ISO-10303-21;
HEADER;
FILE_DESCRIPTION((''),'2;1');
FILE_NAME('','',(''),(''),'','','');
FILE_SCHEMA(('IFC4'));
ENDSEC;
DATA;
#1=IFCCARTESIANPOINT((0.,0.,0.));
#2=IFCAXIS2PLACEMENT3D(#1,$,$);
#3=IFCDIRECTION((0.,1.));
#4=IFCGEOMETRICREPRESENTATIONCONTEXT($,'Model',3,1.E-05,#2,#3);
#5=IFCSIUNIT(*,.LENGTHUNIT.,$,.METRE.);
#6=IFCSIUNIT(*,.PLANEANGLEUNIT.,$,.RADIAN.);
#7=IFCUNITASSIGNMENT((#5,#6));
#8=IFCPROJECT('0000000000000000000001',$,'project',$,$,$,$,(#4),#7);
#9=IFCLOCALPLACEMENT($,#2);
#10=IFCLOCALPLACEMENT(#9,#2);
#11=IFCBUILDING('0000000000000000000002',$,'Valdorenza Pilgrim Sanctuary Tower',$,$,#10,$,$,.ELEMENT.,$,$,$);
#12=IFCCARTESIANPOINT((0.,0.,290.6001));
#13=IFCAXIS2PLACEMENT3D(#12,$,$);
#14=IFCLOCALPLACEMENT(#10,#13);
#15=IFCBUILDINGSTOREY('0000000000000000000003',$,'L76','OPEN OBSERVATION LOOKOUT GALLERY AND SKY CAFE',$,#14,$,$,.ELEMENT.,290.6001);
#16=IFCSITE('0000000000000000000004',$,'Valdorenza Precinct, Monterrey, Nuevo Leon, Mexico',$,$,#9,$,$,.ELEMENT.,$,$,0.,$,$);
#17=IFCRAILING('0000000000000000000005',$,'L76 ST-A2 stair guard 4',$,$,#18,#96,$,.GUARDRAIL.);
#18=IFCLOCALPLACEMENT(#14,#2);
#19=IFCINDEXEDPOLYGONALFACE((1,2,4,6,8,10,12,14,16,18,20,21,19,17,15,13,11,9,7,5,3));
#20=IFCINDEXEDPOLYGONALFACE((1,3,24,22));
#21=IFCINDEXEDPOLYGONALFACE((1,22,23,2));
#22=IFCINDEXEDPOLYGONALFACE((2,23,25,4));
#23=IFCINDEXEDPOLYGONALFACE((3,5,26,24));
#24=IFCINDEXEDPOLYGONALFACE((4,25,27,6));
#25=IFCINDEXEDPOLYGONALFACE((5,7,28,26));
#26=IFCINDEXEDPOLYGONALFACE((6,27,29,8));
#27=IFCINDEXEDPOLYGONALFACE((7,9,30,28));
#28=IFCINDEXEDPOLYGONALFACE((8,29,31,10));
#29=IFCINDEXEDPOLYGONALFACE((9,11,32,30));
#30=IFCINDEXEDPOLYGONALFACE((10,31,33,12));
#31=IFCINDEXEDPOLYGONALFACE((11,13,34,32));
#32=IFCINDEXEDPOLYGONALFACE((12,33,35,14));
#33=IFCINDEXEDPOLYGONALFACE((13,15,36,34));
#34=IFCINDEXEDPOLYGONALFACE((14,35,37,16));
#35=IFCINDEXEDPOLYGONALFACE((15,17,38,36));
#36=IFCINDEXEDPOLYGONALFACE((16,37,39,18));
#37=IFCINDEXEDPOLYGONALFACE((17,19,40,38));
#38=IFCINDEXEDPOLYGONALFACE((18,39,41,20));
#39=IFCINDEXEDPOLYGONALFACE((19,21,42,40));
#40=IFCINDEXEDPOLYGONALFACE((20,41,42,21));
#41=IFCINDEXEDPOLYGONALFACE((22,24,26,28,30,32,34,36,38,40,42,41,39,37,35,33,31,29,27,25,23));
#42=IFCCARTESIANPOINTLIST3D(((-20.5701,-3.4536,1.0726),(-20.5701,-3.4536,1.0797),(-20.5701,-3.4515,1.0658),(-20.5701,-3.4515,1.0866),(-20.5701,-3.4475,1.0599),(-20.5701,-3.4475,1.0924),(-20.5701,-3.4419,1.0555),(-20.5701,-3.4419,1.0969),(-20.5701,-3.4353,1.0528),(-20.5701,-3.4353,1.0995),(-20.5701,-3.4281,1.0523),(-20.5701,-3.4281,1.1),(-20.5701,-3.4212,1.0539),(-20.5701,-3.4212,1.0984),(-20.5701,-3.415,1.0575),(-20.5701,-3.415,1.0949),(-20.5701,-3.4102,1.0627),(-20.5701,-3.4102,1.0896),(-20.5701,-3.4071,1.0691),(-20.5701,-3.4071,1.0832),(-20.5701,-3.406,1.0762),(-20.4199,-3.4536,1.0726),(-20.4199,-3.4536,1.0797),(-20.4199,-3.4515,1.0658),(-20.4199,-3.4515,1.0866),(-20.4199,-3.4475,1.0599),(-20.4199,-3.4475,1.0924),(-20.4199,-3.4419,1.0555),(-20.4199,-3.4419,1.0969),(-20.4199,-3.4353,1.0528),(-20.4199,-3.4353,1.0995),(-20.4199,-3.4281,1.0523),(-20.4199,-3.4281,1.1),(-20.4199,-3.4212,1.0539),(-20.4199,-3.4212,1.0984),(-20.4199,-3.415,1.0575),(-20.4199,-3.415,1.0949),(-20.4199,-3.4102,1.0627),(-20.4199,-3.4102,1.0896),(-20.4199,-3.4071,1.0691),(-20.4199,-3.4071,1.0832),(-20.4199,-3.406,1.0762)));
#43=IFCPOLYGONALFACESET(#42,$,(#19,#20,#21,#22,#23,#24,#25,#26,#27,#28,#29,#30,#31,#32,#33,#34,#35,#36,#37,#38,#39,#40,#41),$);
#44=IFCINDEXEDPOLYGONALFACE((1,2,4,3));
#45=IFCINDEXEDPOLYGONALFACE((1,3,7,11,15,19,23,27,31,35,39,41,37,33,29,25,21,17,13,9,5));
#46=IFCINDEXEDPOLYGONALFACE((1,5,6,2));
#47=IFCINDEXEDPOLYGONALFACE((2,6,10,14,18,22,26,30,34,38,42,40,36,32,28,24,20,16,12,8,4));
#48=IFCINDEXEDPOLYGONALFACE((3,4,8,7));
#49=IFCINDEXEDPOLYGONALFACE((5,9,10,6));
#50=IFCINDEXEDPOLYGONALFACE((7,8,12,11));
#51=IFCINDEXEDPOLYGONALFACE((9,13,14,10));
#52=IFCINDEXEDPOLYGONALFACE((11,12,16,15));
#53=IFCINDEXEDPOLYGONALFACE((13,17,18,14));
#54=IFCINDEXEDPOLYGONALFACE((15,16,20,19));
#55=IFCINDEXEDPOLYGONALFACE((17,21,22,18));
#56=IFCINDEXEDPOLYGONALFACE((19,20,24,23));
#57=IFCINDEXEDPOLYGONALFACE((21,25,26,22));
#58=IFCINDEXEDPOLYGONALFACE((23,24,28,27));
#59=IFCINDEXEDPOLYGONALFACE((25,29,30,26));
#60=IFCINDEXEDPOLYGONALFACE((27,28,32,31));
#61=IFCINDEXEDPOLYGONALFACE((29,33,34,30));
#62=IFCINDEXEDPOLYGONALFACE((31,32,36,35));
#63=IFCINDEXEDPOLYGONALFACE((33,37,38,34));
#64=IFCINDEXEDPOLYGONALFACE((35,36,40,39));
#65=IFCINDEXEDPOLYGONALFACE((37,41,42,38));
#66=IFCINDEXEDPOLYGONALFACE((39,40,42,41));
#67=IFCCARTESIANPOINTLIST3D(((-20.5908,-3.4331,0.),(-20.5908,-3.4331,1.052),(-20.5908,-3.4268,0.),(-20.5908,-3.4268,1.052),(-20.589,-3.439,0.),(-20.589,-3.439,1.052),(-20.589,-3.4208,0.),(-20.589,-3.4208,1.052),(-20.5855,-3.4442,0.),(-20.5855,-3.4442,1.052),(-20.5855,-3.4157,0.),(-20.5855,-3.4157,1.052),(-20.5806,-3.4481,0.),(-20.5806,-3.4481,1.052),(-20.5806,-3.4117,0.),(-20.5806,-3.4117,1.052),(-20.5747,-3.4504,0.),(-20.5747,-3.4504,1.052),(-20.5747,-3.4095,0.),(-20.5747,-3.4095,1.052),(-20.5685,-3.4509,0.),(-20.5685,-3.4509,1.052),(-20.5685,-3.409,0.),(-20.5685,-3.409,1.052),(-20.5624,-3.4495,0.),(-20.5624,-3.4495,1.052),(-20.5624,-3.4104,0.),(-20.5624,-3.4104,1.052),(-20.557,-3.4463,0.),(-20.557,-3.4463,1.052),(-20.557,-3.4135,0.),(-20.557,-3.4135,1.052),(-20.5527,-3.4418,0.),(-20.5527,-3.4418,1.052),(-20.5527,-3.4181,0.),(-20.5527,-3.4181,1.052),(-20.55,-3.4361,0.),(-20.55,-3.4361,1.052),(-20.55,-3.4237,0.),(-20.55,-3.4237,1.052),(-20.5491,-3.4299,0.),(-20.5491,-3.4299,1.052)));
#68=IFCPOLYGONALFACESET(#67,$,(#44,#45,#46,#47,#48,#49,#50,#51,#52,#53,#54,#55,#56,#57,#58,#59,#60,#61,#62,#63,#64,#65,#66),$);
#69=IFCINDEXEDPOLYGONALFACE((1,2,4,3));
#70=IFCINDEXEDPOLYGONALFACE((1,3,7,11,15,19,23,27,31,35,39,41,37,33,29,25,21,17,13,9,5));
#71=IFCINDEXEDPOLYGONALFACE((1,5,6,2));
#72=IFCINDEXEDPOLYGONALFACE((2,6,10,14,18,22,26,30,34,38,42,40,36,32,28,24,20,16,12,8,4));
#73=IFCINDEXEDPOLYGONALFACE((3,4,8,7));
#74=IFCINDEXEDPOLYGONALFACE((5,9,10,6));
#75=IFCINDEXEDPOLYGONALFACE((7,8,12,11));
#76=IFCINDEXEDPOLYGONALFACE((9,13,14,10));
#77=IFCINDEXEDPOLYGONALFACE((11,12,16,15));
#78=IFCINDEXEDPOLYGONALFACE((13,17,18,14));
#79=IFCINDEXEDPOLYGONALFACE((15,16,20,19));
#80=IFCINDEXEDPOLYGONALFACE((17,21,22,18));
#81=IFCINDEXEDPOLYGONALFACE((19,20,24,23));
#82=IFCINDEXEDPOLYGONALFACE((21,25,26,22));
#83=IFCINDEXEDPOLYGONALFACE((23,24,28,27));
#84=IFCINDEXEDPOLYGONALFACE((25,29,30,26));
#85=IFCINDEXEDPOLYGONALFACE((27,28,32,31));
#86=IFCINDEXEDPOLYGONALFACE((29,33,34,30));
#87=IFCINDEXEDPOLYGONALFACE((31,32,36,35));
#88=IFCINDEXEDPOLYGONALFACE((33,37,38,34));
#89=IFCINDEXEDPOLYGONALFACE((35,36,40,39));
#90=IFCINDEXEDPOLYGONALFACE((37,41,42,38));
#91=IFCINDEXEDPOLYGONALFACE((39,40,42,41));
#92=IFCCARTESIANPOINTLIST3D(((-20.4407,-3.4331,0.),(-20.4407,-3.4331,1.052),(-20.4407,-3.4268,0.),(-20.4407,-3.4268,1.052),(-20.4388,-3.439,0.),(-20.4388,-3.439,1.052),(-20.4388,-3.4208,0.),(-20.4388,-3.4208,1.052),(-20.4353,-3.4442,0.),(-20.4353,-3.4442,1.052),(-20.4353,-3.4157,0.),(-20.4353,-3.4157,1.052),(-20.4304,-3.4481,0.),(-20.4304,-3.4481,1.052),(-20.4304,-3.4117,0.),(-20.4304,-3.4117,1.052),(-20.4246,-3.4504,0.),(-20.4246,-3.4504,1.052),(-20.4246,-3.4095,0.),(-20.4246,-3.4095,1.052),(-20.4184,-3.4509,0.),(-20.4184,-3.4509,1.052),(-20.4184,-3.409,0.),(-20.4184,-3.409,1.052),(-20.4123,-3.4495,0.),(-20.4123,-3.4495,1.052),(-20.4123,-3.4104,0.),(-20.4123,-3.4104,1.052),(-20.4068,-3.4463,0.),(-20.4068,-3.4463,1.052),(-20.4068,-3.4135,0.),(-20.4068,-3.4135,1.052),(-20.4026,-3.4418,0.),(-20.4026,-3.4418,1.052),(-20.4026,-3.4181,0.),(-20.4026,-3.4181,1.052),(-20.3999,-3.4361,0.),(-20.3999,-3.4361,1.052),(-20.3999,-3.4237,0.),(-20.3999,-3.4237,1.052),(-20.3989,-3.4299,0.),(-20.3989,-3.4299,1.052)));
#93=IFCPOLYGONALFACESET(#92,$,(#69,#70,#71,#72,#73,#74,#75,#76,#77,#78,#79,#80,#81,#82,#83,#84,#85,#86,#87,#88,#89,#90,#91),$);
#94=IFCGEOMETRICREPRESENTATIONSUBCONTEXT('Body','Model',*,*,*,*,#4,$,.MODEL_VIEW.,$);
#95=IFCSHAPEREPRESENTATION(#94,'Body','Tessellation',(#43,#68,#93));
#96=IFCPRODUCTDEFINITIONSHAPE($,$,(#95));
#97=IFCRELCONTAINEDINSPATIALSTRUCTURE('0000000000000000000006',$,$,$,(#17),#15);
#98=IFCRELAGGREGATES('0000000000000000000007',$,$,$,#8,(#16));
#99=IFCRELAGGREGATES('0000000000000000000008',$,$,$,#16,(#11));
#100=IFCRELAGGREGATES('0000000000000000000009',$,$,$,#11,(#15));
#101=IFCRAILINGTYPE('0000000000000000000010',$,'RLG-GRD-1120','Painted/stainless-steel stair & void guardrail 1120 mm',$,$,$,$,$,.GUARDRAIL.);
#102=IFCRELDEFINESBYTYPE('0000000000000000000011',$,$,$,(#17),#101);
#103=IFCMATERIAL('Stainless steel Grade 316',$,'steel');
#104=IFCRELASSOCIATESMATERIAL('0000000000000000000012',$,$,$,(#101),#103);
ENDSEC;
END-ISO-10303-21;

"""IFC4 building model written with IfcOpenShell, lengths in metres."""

from ifc_helpers import new_model, si_unit, direction, frame, origin, origin_2d, place, context, subcontext, project, spatial, circle, extrude, material, type_object, element, save


model = new_model("IFC4")

# Units and contexts
model_context = context("Model", 3, precision=1e-05, world=origin(), true_north=direction((0.0, 1.0)))
body_context = subcontext(model_context, "Body", "Model", "MODEL_VIEW")
ifc_project = project(units=[si_unit("LENGTHUNIT", "METRE"), si_unit("PLANEANGLEUNIT", "RADIAN")], contexts=[model_context])

# Site, building, storey
site_placement = place(None, origin())
site = spatial("IfcSite", under=ifc_project, at=site_placement, Name="Valdorenza Precinct, Monterrey, Nuevo Leon, Mexico", CompositionType="ELEMENT", RefElevation=0.0)
building_placement = place(site_placement, origin())
building = spatial("IfcBuilding", under=site, at=building_placement, Name="Valdorenza Pilgrim Sanctuary Tower", CompositionType="ELEMENT")
storey_placement = place(building_placement, frame((0.0, 0.0, 290.6001)))
storey = spatial("IfcBuildingStorey", under=building, at=storey_placement, Name="L76", Description="OPEN OBSERVATION LOOKOUT GALLERY AND SKY CAFE", CompositionType="ELEMENT", Elevation=290.6001)

# Railing
ifc_material_1 = material(Name="Stainless steel Grade 316", Category="steel")
railing_type_1 = type_object("IfcRailingType", Name="RLG-GRD-1120", Description="Painted/stainless-steel stair & void guardrail 1120 mm", PredefinedType="GUARDRAIL", material=ifc_material_1)
railing_1_placement = place(storey_placement, frame((-20.5701, -3.4299, 0.0)))
element("IfcRailing", 1, at=railing_1_placement, inside=storey, type_object=railing_type_1, Name="L76 ST-A2 stair guard 4", PredefinedType="GUARDRAIL", context=body_context, shape_type="SweptSolid", body=[
    extrude(circle(Radius=0.0239, at=origin_2d()), frame((0.0, 0.0, 1.0762), z_axis=(1.0, 0.0, 0.0), x_axis=(0.0, 1.0, 0.0)), (0.0, 0.0, 1.0), 0.1501),
    extrude(circle(Radius=0.021, at=origin_2d()), origin(), (0.0, 0.0, 1.0), 1.052),
    extrude(circle(Radius=0.021, at=origin_2d()), frame((0.1501, 0.0, 0.0)), (0.0, 0.0, 1.0), 1.052),
])

save(model, "model.ifc")
